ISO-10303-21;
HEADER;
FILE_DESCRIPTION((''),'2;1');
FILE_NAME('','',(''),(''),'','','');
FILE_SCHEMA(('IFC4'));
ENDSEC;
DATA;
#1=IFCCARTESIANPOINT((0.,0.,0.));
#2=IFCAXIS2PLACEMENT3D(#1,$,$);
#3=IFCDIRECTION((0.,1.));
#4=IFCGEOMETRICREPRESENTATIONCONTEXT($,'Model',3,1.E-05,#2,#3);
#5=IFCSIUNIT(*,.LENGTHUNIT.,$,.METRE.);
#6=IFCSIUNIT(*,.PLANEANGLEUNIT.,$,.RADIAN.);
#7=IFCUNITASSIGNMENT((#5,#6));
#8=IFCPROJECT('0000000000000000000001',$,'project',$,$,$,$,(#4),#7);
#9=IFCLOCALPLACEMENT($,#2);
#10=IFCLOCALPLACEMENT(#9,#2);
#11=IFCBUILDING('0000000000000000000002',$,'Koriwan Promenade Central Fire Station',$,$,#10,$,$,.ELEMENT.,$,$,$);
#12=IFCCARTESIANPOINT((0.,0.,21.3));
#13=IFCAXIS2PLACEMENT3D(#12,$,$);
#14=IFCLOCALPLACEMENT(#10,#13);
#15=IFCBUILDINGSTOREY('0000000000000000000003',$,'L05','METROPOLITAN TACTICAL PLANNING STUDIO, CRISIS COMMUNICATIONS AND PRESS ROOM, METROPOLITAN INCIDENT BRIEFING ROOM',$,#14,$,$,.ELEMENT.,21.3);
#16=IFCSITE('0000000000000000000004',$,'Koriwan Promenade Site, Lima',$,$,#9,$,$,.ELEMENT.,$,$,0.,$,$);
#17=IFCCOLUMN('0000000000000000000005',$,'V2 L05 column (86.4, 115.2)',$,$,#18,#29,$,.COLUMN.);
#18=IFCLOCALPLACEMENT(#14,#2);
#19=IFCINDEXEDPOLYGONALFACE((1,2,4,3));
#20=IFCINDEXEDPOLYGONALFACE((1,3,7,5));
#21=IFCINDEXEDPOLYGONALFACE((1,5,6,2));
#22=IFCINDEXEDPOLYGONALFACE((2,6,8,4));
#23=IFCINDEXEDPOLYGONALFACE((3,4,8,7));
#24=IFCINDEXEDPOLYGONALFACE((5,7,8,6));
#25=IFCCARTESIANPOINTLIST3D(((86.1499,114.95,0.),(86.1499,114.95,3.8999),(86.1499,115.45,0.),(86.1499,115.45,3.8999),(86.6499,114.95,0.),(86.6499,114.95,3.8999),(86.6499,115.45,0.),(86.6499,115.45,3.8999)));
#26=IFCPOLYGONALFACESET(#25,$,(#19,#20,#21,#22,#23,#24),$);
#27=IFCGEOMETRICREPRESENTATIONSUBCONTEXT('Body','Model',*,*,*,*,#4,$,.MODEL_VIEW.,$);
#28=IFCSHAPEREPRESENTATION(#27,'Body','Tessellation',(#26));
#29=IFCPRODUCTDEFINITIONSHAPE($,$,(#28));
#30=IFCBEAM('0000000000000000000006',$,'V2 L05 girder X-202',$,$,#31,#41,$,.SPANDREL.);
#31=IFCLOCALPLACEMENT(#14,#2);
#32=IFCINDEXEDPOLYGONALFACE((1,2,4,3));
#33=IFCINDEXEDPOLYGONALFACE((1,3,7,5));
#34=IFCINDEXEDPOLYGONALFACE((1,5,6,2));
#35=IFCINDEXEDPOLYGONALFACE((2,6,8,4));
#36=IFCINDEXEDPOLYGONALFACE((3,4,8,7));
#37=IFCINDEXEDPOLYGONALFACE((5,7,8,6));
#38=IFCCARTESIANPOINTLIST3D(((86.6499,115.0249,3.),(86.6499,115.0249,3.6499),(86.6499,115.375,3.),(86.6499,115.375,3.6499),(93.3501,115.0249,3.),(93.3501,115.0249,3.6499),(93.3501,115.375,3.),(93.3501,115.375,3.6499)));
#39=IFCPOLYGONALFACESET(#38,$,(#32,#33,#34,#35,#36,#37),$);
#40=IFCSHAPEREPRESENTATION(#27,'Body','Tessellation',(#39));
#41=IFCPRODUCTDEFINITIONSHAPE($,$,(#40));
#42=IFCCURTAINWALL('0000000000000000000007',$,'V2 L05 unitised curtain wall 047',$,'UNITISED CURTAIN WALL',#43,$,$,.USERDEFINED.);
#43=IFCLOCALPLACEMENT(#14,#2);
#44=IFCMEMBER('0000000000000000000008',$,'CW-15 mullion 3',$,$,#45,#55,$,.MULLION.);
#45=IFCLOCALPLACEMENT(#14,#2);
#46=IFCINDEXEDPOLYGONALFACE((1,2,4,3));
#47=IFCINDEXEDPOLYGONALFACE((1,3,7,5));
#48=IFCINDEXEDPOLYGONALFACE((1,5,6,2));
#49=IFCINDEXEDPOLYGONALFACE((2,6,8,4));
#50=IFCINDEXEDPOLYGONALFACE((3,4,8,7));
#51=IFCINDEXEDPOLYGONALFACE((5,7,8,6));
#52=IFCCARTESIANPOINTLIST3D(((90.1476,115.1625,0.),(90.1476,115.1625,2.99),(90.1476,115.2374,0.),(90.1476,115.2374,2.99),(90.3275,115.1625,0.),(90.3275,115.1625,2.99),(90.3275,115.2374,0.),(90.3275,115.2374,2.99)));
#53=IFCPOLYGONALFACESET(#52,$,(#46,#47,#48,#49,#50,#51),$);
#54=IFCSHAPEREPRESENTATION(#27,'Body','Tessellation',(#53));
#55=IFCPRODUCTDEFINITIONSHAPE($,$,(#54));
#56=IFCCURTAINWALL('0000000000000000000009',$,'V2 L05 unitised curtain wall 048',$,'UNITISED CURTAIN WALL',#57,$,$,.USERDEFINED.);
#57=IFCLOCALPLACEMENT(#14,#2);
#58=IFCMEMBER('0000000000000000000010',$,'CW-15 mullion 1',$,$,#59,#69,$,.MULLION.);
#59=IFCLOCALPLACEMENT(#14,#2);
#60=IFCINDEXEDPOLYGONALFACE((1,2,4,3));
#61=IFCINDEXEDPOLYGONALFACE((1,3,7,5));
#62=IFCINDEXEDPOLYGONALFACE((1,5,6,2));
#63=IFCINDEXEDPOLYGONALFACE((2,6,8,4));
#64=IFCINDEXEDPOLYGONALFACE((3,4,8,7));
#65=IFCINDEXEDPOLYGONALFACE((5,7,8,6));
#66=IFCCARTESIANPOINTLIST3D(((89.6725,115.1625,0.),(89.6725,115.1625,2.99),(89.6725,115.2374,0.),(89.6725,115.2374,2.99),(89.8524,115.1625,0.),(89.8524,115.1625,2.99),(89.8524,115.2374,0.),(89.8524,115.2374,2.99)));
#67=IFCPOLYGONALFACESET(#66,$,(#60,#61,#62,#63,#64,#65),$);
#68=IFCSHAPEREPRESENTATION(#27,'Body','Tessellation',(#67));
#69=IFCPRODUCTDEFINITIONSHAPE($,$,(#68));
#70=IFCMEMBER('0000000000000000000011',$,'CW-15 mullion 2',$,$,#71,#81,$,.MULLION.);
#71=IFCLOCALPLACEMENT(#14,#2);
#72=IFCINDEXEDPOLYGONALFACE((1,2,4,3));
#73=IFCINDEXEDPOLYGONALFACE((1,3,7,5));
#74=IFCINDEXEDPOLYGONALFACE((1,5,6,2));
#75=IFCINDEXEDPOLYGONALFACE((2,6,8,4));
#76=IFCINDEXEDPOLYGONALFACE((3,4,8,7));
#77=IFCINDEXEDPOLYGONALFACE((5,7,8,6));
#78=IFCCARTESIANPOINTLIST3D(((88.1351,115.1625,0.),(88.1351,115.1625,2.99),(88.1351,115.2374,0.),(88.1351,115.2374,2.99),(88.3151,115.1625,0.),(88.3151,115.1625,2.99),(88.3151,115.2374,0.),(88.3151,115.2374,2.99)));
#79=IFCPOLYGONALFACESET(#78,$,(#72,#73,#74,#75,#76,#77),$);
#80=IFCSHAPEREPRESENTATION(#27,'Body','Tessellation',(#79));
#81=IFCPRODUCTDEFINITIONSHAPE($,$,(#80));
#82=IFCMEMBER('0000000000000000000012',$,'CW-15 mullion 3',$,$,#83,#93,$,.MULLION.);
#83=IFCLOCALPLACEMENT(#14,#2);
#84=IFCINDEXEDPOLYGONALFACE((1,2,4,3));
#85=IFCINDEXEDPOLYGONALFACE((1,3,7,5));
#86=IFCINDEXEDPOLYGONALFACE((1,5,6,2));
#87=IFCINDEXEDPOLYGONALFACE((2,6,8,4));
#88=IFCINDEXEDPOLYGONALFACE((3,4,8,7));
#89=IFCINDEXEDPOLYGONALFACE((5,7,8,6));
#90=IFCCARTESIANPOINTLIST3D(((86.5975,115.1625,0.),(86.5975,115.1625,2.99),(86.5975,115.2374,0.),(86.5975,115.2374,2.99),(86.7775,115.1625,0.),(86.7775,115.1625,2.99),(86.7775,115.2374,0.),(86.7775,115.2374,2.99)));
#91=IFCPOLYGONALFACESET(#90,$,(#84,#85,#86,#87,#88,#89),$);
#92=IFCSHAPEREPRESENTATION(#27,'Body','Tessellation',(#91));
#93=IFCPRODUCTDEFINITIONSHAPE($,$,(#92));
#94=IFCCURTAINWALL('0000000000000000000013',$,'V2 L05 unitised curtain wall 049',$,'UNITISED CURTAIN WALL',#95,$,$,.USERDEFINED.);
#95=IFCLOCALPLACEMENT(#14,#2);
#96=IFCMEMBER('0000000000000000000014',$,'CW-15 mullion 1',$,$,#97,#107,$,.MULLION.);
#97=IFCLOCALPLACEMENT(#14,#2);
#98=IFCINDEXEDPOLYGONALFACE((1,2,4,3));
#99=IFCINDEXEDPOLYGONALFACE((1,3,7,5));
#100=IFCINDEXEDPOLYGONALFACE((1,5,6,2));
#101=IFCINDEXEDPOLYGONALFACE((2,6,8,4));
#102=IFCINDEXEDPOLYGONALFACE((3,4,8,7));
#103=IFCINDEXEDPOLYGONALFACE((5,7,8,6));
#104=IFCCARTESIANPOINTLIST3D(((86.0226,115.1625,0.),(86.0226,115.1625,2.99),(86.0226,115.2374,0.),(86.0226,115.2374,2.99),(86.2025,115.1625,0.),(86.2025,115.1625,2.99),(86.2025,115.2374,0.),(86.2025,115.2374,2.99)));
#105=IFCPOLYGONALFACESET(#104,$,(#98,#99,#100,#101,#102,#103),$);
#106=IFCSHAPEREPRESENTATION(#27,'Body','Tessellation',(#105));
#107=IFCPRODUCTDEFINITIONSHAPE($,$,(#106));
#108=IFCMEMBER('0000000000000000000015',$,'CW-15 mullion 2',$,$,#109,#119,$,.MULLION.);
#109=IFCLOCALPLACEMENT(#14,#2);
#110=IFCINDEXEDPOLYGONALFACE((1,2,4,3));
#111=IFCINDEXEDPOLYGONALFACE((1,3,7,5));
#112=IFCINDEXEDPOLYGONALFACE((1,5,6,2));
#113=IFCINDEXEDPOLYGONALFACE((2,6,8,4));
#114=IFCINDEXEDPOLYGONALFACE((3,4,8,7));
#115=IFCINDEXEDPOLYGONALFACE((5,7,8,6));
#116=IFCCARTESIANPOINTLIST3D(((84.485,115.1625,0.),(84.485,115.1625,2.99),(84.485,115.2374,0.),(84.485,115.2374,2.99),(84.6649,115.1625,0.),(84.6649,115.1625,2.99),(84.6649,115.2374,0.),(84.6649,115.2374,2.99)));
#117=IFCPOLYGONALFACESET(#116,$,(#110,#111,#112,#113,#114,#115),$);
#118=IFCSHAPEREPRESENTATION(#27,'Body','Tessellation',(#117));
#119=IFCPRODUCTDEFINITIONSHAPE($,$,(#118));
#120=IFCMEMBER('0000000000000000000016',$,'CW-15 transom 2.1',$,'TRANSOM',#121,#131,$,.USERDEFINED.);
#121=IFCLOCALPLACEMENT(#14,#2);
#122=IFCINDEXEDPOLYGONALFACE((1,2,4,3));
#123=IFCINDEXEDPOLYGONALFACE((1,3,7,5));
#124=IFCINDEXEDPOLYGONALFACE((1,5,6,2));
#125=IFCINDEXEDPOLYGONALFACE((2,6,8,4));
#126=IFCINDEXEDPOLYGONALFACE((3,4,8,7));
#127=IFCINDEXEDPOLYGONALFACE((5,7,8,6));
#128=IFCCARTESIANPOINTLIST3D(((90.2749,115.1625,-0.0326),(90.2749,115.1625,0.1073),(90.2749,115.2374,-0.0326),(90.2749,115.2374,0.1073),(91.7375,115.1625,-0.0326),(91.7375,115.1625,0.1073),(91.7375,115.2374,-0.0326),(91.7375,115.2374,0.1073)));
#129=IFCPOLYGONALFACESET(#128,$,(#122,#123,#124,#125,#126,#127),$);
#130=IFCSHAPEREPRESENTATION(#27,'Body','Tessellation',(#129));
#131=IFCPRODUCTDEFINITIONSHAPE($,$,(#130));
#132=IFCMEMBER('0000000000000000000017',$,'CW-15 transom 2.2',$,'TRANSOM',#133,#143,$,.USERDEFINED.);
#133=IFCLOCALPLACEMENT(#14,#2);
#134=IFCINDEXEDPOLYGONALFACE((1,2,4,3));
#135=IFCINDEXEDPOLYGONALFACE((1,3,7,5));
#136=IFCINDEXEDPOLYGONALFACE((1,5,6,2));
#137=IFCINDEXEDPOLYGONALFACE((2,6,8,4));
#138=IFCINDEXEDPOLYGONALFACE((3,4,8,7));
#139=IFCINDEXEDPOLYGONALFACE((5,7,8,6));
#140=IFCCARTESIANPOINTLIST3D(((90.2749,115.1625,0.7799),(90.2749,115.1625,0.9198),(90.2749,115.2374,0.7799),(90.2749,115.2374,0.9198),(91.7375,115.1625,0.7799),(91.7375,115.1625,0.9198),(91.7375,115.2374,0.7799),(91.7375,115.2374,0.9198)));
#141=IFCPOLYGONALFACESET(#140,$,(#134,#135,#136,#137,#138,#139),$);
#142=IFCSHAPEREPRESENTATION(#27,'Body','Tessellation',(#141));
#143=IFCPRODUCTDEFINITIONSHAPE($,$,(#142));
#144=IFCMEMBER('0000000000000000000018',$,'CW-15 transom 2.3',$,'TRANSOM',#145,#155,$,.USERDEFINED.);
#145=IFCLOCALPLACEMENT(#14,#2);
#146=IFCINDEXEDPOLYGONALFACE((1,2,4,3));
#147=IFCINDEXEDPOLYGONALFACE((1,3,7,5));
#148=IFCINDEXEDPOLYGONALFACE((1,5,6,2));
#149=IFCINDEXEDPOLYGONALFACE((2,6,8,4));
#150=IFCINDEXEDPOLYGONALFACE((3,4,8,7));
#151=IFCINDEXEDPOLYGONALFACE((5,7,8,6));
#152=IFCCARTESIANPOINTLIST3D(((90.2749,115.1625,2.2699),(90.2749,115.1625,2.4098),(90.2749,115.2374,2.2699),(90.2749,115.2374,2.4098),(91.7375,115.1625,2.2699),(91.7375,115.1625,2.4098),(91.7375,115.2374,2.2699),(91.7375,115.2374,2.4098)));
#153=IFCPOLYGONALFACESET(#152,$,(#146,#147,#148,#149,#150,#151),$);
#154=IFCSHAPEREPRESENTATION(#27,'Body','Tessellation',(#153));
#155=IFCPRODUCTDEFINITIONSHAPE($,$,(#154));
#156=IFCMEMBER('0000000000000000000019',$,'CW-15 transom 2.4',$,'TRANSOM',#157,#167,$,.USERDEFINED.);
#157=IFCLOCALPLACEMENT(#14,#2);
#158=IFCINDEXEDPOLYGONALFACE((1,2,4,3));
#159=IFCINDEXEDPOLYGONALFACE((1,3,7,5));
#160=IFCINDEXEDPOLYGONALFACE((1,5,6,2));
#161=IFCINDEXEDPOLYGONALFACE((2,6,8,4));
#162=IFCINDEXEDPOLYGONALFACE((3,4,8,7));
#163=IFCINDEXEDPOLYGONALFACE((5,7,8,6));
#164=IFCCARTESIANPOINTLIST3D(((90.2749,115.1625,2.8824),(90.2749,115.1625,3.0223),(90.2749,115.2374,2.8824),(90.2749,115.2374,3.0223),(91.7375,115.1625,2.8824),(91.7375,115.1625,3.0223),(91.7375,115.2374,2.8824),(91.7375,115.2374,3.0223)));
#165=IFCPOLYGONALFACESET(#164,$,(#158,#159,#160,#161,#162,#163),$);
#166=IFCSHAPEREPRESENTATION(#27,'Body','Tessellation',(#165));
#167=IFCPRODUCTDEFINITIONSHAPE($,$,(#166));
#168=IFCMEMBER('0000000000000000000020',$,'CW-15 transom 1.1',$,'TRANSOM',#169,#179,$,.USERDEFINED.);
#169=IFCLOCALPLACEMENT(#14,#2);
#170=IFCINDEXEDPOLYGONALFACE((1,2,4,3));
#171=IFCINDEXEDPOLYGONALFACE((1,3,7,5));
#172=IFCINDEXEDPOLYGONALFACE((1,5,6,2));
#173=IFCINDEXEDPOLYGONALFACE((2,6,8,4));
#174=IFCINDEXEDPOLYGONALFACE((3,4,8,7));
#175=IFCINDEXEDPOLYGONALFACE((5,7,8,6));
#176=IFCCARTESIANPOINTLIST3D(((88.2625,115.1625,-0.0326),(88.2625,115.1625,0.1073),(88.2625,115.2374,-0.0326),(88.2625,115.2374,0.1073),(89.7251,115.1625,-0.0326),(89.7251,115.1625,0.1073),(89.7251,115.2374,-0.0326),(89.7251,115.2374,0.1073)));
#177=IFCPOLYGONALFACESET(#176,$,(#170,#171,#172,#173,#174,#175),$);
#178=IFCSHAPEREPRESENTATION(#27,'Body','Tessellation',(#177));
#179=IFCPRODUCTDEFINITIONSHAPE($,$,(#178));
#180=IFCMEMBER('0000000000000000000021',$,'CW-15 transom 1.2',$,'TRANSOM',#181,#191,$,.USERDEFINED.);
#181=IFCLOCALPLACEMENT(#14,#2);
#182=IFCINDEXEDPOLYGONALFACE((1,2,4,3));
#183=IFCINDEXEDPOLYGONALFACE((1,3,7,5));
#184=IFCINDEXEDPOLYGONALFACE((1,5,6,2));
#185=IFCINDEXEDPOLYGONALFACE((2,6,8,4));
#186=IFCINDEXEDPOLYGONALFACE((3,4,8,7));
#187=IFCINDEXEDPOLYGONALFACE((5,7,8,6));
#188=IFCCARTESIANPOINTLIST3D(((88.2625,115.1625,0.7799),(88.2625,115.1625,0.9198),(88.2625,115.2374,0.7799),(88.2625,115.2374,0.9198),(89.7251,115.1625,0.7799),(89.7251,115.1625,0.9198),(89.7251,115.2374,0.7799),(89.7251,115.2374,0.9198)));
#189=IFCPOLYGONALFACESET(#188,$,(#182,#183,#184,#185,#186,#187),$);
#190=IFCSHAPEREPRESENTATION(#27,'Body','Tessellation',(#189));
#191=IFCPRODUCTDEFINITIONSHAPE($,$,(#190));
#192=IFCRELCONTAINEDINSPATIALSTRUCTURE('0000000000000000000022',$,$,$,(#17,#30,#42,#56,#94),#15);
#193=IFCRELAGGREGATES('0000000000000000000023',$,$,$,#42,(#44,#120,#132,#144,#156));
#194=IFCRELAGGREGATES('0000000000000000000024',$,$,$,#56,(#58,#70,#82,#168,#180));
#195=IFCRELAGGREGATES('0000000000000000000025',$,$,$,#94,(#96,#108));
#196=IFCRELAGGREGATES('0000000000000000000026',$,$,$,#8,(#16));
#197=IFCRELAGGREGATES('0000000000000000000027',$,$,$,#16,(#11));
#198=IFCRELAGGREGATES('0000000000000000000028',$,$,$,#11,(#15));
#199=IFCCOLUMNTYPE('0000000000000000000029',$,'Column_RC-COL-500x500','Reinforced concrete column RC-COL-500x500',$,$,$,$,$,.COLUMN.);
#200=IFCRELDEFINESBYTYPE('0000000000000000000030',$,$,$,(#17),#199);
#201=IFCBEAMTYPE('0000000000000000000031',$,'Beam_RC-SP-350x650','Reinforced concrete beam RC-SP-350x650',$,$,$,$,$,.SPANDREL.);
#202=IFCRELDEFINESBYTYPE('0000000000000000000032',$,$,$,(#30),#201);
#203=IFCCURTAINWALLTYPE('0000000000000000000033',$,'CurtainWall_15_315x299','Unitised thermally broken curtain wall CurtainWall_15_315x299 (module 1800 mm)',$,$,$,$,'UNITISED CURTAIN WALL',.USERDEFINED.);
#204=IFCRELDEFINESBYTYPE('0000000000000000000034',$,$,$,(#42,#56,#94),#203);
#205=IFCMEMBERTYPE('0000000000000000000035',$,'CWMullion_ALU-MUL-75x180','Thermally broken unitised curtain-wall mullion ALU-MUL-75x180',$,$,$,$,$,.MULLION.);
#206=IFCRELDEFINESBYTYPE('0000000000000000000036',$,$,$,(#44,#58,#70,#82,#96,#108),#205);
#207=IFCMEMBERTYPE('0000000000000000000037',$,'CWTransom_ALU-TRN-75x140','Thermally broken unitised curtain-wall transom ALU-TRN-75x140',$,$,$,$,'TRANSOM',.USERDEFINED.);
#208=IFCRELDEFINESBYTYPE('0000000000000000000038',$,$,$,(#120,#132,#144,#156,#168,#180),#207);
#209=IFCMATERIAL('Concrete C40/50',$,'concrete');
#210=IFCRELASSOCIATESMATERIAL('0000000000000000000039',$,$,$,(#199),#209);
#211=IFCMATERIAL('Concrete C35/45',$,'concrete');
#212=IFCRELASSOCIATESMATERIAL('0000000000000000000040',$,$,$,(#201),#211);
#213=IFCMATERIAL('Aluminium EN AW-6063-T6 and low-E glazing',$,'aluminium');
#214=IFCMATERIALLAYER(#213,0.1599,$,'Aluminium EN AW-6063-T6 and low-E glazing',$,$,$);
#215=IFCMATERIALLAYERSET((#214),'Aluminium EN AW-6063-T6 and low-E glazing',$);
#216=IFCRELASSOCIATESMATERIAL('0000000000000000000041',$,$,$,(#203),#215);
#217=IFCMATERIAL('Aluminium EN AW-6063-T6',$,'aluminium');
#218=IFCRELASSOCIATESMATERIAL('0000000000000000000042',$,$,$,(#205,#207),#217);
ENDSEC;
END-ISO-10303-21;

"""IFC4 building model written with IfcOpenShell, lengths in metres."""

from ifc_helpers import new_model, si_unit, direction, frame, origin, origin_2d, place, context, subcontext, project, spatial, rectangle, extrude, material, layer, layer_set, material_profile, profile_set, type_object, element, aggregate, save


model = new_model("IFC4")

# Units and contexts
model_context = context("Model", 3, precision=1e-05, world=origin(), true_north=direction((0.0, 1.0)))
body_context = subcontext(model_context, "Body", "Model", "MODEL_VIEW")
ifc_project = project(units=[si_unit("LENGTHUNIT", "METRE"), si_unit("PLANEANGLEUNIT", "RADIAN")], contexts=[model_context])

# Site, building, storey
site_placement = place(None, origin())
site = spatial("IfcSite", under=ifc_project, at=site_placement, Name="Koriwan Promenade Site, Lima", CompositionType="ELEMENT", RefElevation=0.0)
building_placement = place(site_placement, origin())
building = spatial("IfcBuilding", under=site, at=building_placement, Name="Koriwan Promenade Central Fire Station", CompositionType="ELEMENT")
storey_placement = place(building_placement, frame((0.0, 0.0, 21.3)))
storey = spatial("IfcBuildingStorey", under=building, at=storey_placement, Name="L05", Description="METROPOLITAN TACTICAL PLANNING STUDIO, CRISIS COMMUNICATIONS AND PRESS ROOM, METROPOLITAN INCIDENT BRIEFING ROOM", CompositionType="ELEMENT", Elevation=21.3)

# Column
ifc_material_1 = material(Name="Concrete C40/50", Category="concrete")
ifc_material_profile_1 = material_profile(ifc_material_1, rectangle(XDim=0.5, YDim=0.5, at=origin_2d()), Name="RC-COL-500x500")
ifc_profile_set_1 = profile_set([ifc_material_profile_1], Name="Concrete C40/50")
column_type = type_object("IfcColumnType", Name="Column_RC-COL-500x500", Description="Reinforced concrete column RC-COL-500x500", PredefinedType="COLUMN", material=ifc_profile_set_1)
column_placement = place(storey_placement, frame((86.3999, 115.2, 0.0), z_axis=(0.0, 0.0, 1.0), x_axis=(1.0, 0.0, 0.0)))
element("IfcColumn", 1, at=column_placement, inside=storey, type_object=column_type, Name="V2 L05 column (86.4, 115.2)", PredefinedType="COLUMN", context=body_context, shape_type="SweptSolid", body=[
    extrude(rectangle(XDim=0.5, YDim=0.5, at=origin_2d()), origin(), (0.0, 0.0, 1.0), 3.8999),
])

# Beam
ifc_material_2 = material(Name="Concrete C35/45", Category="concrete")
ifc_material_profile_2 = material_profile(ifc_material_2, rectangle(XDim=0.3501, YDim=0.6499, at=origin_2d()), Name="RC-SP-350x650")
ifc_profile_set_2 = profile_set([ifc_material_profile_2], Name="Concrete C35/45")
beam_type = type_object("IfcBeamType", Name="Beam_RC-SP-350x650", Description="Reinforced concrete beam RC-SP-350x650", PredefinedType="SPANDREL", material=ifc_profile_set_2)
beam_placement = place(storey_placement, frame((86.6499, 115.2, 3.325), z_axis=(1.0, 0.0, 0.0), x_axis=(0.0, 1.0, 0.0)))
element("IfcBeam", 2, at=beam_placement, inside=storey, type_object=beam_type, Name="V2 L05 girder X-202", PredefinedType="SPANDREL", context=body_context, shape_type="SweptSolid", body=[
    extrude(rectangle(XDim=0.3501, YDim=0.6499, at=origin_2d()), origin(), (0.0, 0.0, 1.0), 6.7002),
])

# Curtain wall, member
ifc_material_3 = material(Name="Aluminium EN AW-6063-T6 and low-E glazing", Category="aluminium")
ifc_layer_1 = layer(ifc_material_3, 0.1599, Name="Aluminium EN AW-6063-T6 and low-E glazing")
ifc_layer_set_1 = layer_set([ifc_layer_1], Name="Aluminium EN AW-6063-T6 and low-E glazing")
curtain_wall_type = type_object("IfcCurtainWallType", Name="CurtainWall_15_315x299", Description="Unitised thermally broken curtain wall CurtainWall_15_315x299 (module 1800 mm)", ElementType="UNITISED CURTAIN WALL", PredefinedType="USERDEFINED", material=ifc_layer_set_1)
curtain_wall_1_placement = place(storey_placement, origin())
curtain_wall_1 = element("IfcCurtainWall", 3, at=curtain_wall_1_placement, inside=storey, type_object=curtain_wall_type, Name="V2 L05 unitised curtain wall 047", ObjectType="UNITISED CURTAIN WALL", PredefinedType="USERDEFINED")
ifc_material_4 = material(Name="Aluminium EN AW-6063-T6", Category="aluminium")
ifc_material_profile_3 = material_profile(ifc_material_4, rectangle(XDim=0.075, YDim=0.1799, at=origin_2d()), Name="ALU-MUL-75x180")
ifc_profile_set_3 = profile_set([ifc_material_profile_3], Name="Aluminium EN AW-6063-T6")
member_type_1 = type_object("IfcMemberType", Name="CWMullion_ALU-MUL-75x180", Description="Thermally broken unitised curtain-wall mullion ALU-MUL-75x180", PredefinedType="MULLION", material=ifc_profile_set_3)
member_1_placement = place(storey_placement, frame((90.2375, 115.2, 0.0), z_axis=(0.0, 0.0, 1.0), x_axis=(0.0, -1.0, 0.0)))
member_1 = element("IfcMember", 4, at=member_1_placement, type_object=member_type_1, Name="CW-15 mullion 3", PredefinedType="MULLION", context=body_context, shape_type="SweptSolid", body=[
    extrude(rectangle(XDim=0.075, YDim=0.1799, at=origin_2d()), origin(), (0.0, 0.0, 1.0), 2.99),
])

# Curtain walls, members
curtain_wall_2_placement = place(storey_placement, origin())
curtain_wall_2 = element("IfcCurtainWall", 5, at=curtain_wall_2_placement, inside=storey, type_object=curtain_wall_type, Name="V2 L05 unitised curtain wall 048", ObjectType="UNITISED CURTAIN WALL", PredefinedType="USERDEFINED")
member_2_placement = place(storey_placement, frame((89.7625, 115.2, 0.0), z_axis=(0.0, 0.0, 1.0), x_axis=(0.0, -1.0, 0.0)))
member_2 = element("IfcMember", 6, at=member_2_placement, type_object=member_type_1, Name="CW-15 mullion 1", PredefinedType="MULLION", context=body_context, shape_type="SweptSolid", body=[
    extrude(rectangle(XDim=0.075, YDim=0.1799, at=origin_2d()), origin(), (0.0, 0.0, 1.0), 2.99),
])
member_3_placement = place(storey_placement, frame((88.2251, 115.2, 0.0), z_axis=(0.0, 0.0, 1.0), x_axis=(0.0, -1.0, 0.0)))
member_3 = element("IfcMember", 7, at=member_3_placement, type_object=member_type_1, Name="CW-15 mullion 2", PredefinedType="MULLION", context=body_context, shape_type="SweptSolid", body=[
    extrude(rectangle(XDim=0.075, YDim=0.1799, at=origin_2d()), origin(), (0.0, 0.0, 1.0), 2.99),
])
member_4_placement = place(storey_placement, frame((86.6875, 115.2, 0.0), z_axis=(0.0, 0.0, 1.0), x_axis=(0.0, -1.0, 0.0)))
member_4 = element("IfcMember", 8, at=member_4_placement, type_object=member_type_1, Name="CW-15 mullion 3", PredefinedType="MULLION", context=body_context, shape_type="SweptSolid", body=[
    extrude(rectangle(XDim=0.075, YDim=0.1799, at=origin_2d()), origin(), (0.0, 0.0, 1.0), 2.99),
])
curtain_wall_3_placement = place(storey_placement, origin())
curtain_wall_3 = element("IfcCurtainWall", 9, at=curtain_wall_3_placement, inside=storey, type_object=curtain_wall_type, Name="V2 L05 unitised curtain wall 049", ObjectType="UNITISED CURTAIN WALL", PredefinedType="USERDEFINED")
member_5_placement = place(storey_placement, frame((86.1125, 115.2, 0.0), z_axis=(0.0, 0.0, 1.0), x_axis=(0.0, -1.0, 0.0)))
member_5 = element("IfcMember", 10, at=member_5_placement, type_object=member_type_1, Name="CW-15 mullion 1", PredefinedType="MULLION", context=body_context, shape_type="SweptSolid", body=[
    extrude(rectangle(XDim=0.075, YDim=0.1799, at=origin_2d()), origin(), (0.0, 0.0, 1.0), 2.99),
])
member_6_placement = place(storey_placement, frame((84.575, 115.2, 0.0), z_axis=(0.0, 0.0, 1.0), x_axis=(0.0, -1.0, 0.0)))
member_6 = element("IfcMember", 11, at=member_6_placement, type_object=member_type_1, Name="CW-15 mullion 2", PredefinedType="MULLION", context=body_context, shape_type="SweptSolid", body=[
    extrude(rectangle(XDim=0.075, YDim=0.1799, at=origin_2d()), origin(), (0.0, 0.0, 1.0), 2.99),
])

# Members
ifc_material_profile_4 = material_profile(ifc_material_4, rectangle(XDim=0.075, YDim=0.1399, at=origin_2d()), Name="ALU-TRN-75x140")
ifc_profile_set_4 = profile_set([ifc_material_profile_4], Name="Aluminium EN AW-6063-T6")
member_type_2 = type_object("IfcMemberType", Name="CWTransom_ALU-TRN-75x140", Description="Thermally broken unitised curtain-wall transom ALU-TRN-75x140", ElementType="TRANSOM", PredefinedType="USERDEFINED", material=ifc_profile_set_4)
member_7_placement = place(storey_placement, frame((91.7375, 115.2, 0.0374), z_axis=(-1.0, 0.0, 0.0), x_axis=(0.0, -1.0, 0.0)))
member_7 = element("IfcMember", 12, at=member_7_placement, type_object=member_type_2, Name="CW-15 transom 2.1", ObjectType="TRANSOM", PredefinedType="USERDEFINED", context=body_context, shape_type="SweptSolid", body=[
    extrude(rectangle(XDim=0.075, YDim=0.1399, at=origin_2d()), origin(), (0.0, 0.0, 1.0), 1.4626),
])
member_8_placement = place(storey_placement, frame((91.7375, 115.2, 0.8499), z_axis=(-1.0, 0.0, 0.0), x_axis=(0.0, -1.0, 0.0)))
member_8 = element("IfcMember", 13, at=member_8_placement, type_object=member_type_2, Name="CW-15 transom 2.2", ObjectType="TRANSOM", PredefinedType="USERDEFINED", context=body_context, shape_type="SweptSolid", body=[
    extrude(rectangle(XDim=0.075, YDim=0.1399, at=origin_2d()), origin(), (0.0, 0.0, 1.0), 1.4626),
])
member_9_placement = place(storey_placement, frame((91.7375, 115.2, 2.3398), z_axis=(-1.0, 0.0, 0.0), x_axis=(0.0, -1.0, 0.0)))
member_9 = element("IfcMember", 14, at=member_9_placement, type_object=member_type_2, Name="CW-15 transom 2.3", ObjectType="TRANSOM", PredefinedType="USERDEFINED", context=body_context, shape_type="SweptSolid", body=[
    extrude(rectangle(XDim=0.075, YDim=0.1399, at=origin_2d()), origin(), (0.0, 0.0, 1.0), 1.4626),
])
member_10_placement = place(storey_placement, frame((91.7375, 115.2, 2.9524), z_axis=(-1.0, 0.0, 0.0), x_axis=(0.0, -1.0, 0.0)))
member_10 = element("IfcMember", 15, at=member_10_placement, type_object=member_type_2, Name="CW-15 transom 2.4", ObjectType="TRANSOM", PredefinedType="USERDEFINED", context=body_context, shape_type="SweptSolid", body=[
    extrude(rectangle(XDim=0.075, YDim=0.1399, at=origin_2d()), origin(), (0.0, 0.0, 1.0), 1.4626),
])
member_11_placement = place(storey_placement, frame((89.7251, 115.2, 0.0374), z_axis=(-1.0, 0.0, 0.0), x_axis=(0.0, -1.0, 0.0)))
member_11 = element("IfcMember", 16, at=member_11_placement, type_object=member_type_2, Name="CW-15 transom 1.1", ObjectType="TRANSOM", PredefinedType="USERDEFINED", context=body_context, shape_type="SweptSolid", body=[
    extrude(rectangle(XDim=0.075, YDim=0.1399, at=origin_2d()), origin(), (0.0, 0.0, 1.0), 1.4626),
])
member_12_placement = place(storey_placement, frame((89.7251, 115.2, 0.8499), z_axis=(-1.0, 0.0, 0.0), x_axis=(0.0, -1.0, 0.0)))
member_12 = element("IfcMember", 17, at=member_12_placement, type_object=member_type_2, Name="CW-15 transom 1.2", ObjectType="TRANSOM", PredefinedType="USERDEFINED", context=body_context, shape_type="SweptSolid", body=[
    extrude(rectangle(XDim=0.075, YDim=0.1399, at=origin_2d()), origin(), (0.0, 0.0, 1.0), 1.4626),
])

aggregate(curtain_wall_1, [member_1, member_7, member_8, member_9, member_10])
aggregate(curtain_wall_2, [member_2, member_3, member_4, member_11, member_12])
aggregate(curtain_wall_3, [member_5, member_6])

save(model, "model.ifc")
